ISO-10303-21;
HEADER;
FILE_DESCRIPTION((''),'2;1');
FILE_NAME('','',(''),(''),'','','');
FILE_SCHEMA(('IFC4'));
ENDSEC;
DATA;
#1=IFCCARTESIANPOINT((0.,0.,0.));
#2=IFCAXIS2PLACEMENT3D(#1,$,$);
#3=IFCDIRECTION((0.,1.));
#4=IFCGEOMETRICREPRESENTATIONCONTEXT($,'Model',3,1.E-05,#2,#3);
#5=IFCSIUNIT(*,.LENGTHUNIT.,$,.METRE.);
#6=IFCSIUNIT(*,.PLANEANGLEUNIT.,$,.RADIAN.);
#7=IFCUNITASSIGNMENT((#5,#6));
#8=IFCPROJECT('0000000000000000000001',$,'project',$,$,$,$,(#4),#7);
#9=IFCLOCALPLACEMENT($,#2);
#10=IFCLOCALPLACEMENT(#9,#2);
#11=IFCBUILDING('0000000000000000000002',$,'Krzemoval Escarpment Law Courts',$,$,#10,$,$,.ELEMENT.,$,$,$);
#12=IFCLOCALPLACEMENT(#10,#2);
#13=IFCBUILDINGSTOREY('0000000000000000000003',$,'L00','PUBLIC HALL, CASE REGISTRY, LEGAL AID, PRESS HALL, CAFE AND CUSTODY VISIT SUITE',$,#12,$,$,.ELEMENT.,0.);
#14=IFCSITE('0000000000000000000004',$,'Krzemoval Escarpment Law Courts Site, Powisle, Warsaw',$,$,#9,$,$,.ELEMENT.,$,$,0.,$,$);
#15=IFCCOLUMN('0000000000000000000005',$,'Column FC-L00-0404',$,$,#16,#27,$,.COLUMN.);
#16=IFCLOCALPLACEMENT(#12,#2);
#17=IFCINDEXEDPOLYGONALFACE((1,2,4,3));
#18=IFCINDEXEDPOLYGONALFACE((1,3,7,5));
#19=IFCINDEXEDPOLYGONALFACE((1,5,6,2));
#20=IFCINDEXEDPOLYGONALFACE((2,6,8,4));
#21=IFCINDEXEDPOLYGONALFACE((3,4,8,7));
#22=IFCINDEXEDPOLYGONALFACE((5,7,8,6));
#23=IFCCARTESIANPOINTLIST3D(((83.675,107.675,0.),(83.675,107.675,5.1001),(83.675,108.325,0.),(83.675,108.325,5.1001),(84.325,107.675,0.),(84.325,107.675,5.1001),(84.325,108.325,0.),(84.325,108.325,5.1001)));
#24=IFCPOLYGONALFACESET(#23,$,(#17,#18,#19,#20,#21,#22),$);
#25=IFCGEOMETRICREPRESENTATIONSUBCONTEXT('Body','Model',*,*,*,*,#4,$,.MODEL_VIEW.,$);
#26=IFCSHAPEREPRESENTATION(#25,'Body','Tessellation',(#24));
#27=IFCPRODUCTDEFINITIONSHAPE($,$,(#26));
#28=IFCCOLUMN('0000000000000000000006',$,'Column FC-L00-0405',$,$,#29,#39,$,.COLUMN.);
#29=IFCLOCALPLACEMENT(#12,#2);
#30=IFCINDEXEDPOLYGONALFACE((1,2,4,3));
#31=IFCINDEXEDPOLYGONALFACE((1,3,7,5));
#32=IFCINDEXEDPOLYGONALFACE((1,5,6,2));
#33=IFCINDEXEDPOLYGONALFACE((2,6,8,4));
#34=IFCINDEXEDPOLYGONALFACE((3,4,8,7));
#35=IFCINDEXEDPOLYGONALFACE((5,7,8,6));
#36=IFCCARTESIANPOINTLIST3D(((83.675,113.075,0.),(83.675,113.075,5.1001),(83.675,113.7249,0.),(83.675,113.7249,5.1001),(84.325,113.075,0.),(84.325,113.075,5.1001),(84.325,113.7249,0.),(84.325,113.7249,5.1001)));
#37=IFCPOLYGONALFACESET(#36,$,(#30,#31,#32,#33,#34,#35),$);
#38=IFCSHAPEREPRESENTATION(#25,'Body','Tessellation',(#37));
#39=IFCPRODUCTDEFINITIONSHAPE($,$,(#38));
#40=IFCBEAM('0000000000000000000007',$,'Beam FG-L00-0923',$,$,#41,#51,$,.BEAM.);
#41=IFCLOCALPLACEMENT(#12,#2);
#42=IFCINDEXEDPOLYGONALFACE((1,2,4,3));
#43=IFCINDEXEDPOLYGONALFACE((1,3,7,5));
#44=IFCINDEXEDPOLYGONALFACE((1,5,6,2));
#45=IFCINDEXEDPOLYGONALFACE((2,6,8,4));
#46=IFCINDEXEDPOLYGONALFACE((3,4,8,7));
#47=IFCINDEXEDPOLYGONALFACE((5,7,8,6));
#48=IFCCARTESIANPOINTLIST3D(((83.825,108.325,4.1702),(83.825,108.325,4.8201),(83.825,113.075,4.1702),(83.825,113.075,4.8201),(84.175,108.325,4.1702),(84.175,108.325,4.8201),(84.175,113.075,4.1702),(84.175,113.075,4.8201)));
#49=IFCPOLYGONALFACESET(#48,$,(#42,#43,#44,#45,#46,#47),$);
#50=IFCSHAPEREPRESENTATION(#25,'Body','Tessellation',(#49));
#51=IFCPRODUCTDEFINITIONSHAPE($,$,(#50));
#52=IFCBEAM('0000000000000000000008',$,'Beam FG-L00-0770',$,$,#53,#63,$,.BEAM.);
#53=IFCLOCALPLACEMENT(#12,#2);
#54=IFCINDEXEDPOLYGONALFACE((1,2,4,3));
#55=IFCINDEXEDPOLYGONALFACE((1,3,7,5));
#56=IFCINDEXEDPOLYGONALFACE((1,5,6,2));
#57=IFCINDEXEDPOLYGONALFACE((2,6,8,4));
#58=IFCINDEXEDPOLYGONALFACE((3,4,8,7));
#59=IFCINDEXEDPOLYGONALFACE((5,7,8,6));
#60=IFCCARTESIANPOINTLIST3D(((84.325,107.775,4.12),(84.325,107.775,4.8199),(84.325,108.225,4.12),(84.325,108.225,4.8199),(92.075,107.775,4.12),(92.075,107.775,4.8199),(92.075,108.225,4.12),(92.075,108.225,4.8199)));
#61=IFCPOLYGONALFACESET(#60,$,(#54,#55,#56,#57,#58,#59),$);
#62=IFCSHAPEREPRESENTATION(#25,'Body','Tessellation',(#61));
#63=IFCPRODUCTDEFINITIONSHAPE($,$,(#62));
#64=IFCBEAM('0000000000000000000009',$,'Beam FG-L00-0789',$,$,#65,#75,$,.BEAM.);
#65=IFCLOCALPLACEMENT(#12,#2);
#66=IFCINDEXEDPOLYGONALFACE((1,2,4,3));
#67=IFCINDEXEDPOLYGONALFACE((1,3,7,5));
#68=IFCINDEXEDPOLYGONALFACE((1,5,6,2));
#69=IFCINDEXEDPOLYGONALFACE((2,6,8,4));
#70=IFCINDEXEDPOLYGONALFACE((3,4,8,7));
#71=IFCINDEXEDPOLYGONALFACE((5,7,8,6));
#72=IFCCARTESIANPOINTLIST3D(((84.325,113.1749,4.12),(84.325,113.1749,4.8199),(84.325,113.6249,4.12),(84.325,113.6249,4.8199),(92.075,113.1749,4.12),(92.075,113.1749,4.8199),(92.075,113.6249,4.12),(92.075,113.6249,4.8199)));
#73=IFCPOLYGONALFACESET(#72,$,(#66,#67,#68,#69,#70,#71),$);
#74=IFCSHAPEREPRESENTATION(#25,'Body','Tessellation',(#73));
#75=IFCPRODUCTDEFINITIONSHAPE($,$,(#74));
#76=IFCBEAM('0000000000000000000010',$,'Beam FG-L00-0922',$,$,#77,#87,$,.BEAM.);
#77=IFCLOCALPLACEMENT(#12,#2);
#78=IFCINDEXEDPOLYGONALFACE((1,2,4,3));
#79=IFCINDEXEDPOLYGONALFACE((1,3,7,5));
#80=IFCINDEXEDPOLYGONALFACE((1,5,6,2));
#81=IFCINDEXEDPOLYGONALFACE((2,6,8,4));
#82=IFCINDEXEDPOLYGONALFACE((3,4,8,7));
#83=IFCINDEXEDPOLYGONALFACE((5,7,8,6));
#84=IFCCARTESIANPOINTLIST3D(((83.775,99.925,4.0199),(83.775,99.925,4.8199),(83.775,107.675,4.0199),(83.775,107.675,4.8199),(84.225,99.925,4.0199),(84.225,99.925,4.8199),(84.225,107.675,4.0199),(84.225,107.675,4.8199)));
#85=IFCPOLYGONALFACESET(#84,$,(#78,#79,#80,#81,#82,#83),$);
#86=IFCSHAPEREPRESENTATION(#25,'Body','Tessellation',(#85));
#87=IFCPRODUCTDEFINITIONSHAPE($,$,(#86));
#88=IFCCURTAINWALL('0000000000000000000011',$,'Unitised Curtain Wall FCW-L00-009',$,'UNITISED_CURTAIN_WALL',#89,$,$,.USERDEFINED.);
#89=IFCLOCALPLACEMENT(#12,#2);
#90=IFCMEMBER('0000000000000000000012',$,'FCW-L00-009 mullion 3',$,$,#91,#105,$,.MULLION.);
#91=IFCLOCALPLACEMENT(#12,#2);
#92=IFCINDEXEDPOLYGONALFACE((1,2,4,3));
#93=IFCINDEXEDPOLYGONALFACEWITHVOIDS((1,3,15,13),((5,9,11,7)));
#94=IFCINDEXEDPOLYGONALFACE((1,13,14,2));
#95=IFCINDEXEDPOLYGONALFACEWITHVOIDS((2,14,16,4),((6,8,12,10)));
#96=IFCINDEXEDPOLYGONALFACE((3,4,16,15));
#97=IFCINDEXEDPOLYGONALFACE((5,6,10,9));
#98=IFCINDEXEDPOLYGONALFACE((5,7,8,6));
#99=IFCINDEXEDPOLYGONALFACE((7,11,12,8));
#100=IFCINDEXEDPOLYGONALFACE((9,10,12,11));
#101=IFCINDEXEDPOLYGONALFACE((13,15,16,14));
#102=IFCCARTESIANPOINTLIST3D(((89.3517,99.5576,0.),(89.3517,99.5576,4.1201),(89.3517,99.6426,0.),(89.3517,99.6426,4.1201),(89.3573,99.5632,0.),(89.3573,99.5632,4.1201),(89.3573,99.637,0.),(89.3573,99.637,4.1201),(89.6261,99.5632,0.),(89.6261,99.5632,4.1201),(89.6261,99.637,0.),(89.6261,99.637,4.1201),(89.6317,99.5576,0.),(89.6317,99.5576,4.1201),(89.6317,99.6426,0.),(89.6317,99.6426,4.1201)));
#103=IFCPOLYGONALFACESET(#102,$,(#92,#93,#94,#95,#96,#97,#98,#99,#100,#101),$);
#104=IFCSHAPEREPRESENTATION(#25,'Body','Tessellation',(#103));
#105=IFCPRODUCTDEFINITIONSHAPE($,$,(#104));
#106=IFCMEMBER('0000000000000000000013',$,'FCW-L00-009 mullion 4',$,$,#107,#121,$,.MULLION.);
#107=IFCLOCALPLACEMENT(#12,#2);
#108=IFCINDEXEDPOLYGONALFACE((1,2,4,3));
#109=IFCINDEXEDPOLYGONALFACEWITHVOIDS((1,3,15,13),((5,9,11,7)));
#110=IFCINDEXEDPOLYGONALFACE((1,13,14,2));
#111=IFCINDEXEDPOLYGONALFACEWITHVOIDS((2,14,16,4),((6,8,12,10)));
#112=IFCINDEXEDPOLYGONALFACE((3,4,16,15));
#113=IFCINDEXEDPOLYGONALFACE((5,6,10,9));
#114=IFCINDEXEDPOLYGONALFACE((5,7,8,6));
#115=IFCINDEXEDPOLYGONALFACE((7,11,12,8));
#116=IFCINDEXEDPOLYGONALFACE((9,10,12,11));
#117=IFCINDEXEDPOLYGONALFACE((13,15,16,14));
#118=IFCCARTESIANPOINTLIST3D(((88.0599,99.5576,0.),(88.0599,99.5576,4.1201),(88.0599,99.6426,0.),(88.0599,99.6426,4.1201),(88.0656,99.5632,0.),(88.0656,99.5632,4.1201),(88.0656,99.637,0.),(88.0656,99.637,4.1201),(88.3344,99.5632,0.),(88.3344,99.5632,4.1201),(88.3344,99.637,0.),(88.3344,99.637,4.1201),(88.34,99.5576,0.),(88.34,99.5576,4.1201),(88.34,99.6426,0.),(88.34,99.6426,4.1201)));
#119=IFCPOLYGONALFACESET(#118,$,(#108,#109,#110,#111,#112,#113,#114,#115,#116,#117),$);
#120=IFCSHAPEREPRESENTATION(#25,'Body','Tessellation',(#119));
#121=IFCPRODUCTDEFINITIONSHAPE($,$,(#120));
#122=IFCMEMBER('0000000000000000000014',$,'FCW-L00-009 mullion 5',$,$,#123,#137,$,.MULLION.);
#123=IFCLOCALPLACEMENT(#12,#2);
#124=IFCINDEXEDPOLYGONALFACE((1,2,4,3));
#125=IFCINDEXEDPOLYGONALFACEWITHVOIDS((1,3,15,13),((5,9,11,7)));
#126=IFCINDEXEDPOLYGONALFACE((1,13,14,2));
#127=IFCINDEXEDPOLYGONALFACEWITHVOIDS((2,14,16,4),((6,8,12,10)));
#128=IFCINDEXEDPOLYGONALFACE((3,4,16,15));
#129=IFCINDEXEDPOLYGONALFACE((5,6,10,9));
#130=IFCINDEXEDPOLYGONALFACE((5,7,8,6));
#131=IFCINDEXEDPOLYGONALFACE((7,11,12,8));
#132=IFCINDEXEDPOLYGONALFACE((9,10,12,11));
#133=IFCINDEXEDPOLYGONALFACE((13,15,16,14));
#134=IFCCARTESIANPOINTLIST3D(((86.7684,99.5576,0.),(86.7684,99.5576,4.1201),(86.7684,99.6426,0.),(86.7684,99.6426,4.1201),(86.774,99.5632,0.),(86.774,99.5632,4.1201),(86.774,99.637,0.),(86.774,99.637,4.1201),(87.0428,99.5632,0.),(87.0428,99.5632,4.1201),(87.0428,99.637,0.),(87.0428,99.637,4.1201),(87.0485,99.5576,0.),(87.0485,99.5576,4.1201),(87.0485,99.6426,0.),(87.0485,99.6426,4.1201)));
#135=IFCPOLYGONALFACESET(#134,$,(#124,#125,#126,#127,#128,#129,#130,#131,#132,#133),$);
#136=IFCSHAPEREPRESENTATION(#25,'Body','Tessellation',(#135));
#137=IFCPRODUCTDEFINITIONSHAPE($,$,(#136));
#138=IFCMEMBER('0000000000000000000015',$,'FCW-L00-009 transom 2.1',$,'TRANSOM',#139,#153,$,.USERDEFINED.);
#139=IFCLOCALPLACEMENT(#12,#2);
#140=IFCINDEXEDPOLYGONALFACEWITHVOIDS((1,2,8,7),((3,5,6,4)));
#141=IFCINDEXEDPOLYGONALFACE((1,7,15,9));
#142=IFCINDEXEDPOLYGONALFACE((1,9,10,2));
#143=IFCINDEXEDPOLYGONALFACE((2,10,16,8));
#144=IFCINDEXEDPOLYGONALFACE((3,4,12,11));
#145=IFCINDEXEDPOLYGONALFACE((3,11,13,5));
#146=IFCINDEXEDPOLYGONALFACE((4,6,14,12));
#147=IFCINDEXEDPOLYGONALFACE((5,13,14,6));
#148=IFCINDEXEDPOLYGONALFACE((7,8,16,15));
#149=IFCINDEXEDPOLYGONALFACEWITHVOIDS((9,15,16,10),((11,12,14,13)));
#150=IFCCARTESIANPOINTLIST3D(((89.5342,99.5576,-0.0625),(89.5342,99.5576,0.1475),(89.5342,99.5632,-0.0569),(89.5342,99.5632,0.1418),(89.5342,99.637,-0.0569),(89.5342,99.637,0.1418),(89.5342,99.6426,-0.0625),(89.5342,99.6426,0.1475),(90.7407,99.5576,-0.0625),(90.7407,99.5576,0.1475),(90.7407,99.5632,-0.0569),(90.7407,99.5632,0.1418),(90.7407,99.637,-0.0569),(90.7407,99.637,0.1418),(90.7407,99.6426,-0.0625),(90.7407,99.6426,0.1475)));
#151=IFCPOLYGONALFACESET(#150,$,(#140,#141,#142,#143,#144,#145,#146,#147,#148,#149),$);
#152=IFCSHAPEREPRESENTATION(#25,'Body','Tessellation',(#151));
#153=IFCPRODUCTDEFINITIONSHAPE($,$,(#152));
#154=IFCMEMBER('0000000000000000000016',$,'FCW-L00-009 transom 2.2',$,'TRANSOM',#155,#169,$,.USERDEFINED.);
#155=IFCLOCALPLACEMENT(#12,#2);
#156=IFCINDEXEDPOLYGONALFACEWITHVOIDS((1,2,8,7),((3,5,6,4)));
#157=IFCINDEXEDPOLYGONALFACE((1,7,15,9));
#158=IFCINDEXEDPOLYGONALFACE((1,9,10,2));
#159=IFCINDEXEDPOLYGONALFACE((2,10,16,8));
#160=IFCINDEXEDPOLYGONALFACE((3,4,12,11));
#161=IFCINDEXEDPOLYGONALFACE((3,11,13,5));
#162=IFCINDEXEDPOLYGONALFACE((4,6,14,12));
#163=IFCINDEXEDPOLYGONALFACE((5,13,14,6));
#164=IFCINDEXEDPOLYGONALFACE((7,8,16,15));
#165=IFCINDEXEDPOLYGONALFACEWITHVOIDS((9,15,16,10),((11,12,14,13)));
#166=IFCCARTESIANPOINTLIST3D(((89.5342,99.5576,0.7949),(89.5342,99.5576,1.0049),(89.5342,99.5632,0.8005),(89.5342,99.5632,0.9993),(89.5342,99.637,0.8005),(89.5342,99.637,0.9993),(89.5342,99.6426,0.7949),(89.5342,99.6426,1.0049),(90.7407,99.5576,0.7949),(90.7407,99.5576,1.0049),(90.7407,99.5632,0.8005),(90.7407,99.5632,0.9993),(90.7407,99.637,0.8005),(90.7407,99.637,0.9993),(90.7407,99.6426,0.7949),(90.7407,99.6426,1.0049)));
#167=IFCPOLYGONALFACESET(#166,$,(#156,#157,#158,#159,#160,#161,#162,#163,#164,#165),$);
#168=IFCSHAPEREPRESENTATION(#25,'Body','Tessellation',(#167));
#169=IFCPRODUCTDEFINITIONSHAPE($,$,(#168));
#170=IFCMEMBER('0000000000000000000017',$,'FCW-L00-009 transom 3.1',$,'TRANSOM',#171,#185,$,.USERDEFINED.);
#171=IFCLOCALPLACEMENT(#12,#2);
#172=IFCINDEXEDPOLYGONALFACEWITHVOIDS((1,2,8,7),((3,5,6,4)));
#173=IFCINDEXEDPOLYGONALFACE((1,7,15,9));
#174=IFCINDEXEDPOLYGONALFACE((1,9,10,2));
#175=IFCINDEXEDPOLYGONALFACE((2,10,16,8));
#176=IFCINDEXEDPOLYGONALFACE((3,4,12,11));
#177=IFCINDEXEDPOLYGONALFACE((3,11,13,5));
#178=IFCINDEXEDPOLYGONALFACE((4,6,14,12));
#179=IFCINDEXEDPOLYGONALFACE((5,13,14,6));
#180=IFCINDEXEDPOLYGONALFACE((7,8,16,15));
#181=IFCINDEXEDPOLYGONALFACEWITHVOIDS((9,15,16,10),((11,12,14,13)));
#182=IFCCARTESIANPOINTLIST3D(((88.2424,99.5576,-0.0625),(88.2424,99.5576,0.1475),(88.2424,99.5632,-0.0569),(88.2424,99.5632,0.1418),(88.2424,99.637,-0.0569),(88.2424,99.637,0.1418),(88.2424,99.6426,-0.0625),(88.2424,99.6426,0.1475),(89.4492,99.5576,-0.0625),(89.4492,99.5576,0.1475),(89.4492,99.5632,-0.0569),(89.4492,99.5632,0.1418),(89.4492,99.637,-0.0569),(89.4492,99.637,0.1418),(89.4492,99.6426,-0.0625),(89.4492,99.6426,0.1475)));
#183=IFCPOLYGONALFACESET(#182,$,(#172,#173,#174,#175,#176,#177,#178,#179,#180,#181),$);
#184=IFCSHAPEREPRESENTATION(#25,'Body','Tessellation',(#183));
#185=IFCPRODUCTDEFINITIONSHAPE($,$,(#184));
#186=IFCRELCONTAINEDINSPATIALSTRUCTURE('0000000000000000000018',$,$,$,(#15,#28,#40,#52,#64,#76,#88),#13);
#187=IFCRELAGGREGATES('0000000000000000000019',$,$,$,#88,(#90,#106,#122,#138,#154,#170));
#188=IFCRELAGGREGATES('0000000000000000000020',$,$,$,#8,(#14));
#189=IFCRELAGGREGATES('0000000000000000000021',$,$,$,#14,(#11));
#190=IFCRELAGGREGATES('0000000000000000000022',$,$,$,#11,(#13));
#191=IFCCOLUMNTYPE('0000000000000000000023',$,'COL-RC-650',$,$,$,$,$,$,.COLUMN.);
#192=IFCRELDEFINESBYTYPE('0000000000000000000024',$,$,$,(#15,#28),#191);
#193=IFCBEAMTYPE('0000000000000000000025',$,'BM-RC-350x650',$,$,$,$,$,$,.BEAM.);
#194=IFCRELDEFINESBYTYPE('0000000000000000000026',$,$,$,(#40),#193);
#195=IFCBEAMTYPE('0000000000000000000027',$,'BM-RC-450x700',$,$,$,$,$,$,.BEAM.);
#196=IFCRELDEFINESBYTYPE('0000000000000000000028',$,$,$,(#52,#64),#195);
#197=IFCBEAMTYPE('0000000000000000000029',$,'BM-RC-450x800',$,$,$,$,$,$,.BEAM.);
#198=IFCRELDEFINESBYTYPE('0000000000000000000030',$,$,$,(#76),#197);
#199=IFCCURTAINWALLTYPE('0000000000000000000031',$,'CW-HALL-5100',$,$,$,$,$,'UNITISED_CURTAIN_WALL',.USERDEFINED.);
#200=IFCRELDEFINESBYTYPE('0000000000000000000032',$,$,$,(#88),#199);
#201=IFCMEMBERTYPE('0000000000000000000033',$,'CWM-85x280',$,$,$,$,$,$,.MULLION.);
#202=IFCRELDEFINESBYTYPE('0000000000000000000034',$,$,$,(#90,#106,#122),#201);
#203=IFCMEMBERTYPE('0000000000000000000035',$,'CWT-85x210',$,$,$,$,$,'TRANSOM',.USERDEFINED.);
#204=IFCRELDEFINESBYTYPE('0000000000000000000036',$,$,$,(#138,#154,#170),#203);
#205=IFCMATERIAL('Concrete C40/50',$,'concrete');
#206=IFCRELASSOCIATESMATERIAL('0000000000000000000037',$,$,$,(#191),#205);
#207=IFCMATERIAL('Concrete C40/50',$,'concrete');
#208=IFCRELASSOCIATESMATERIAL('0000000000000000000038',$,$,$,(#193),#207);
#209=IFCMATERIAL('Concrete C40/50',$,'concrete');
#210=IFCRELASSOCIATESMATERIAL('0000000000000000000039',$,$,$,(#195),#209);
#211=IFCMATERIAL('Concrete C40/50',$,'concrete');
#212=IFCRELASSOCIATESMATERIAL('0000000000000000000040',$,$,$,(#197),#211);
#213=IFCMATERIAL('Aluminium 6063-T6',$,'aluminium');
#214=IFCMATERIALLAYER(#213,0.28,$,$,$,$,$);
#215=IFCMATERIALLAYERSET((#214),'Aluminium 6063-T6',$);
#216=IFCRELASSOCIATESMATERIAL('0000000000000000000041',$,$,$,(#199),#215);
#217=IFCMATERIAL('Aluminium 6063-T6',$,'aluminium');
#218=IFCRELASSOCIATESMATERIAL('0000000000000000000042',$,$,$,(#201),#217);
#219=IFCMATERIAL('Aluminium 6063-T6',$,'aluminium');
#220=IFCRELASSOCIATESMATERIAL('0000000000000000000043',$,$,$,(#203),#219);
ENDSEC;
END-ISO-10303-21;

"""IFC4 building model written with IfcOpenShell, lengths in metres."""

from ifc_helpers import new_model, si_unit, direction, frame, origin, origin_2d, place, context, subcontext, project, spatial, rectangle, hollow_rectangle, extrude, material, layer, layer_set, material_profile, profile_set, type_object, element, aggregate, save


model = new_model("IFC4")

# Units and contexts
model_context = context("Model", 3, precision=1e-05, world=origin(), true_north=direction((0.0, 1.0)))
body_context = subcontext(model_context, "Body", "Model", "MODEL_VIEW")
ifc_project = project(units=[si_unit("LENGTHUNIT", "METRE"), si_unit("PLANEANGLEUNIT", "RADIAN")], contexts=[model_context])

# Site, building, storey
site_placement = place(None, origin())
site = spatial("IfcSite", under=ifc_project, at=site_placement, Name="Krzemoval Escarpment Law Courts Site, Powisle, Warsaw", CompositionType="ELEMENT", RefElevation=0.0)
building_placement = place(site_placement, origin())
building = spatial("IfcBuilding", under=site, at=building_placement, Name="Krzemoval Escarpment Law Courts", CompositionType="ELEMENT")
storey_placement = place(building_placement, origin())
storey = spatial("IfcBuildingStorey", under=building, at=storey_placement, Name="L00", Description="PUBLIC HALL, CASE REGISTRY, LEGAL AID, PRESS HALL, CAFE AND CUSTODY VISIT SUITE", CompositionType="ELEMENT", Elevation=0.0)

# Columns
ifc_material_1 = material(Name="Concrete C40/50", Category="concrete")
ifc_material_profile_1 = material_profile(ifc_material_1, rectangle(XDim=0.6499, YDim=0.6499, at=origin_2d()), Name="RC 650x650")
ifc_profile_set_1 = profile_set([ifc_material_profile_1], Name="Concrete C40/50")
column_type = type_object("IfcColumnType", Name="COL-RC-650", PredefinedType="COLUMN", material=ifc_profile_set_1)
for number, where, z_axis, x_axis, name in (
    (1, (84.0, 108.0, 0.0), (0.0, 0.0, 1.0), (1.0, 0.0, 0.0), "Column FC-L00-0404"),
    (2, (84.0, 113.3999, 0.0), (0.0, 0.0, 1.0), (1.0, 0.0, 0.0), "Column FC-L00-0405"),
):
    element("IfcColumn", number, at=place(storey_placement, frame(where, z_axis=z_axis, x_axis=x_axis)), inside=storey, type_object=column_type, Name=name, PredefinedType="COLUMN", context=body_context, shape_type="SweptSolid", body=[
        extrude(rectangle(XDim=0.6499, YDim=0.6499, at=origin_2d()), origin(), (0.0, 0.0, 1.0), 5.1001),
    ])

# Beams
ifc_material_2 = material(Name="Concrete C40/50", Category="concrete")
ifc_material_profile_2 = material_profile(ifc_material_2, rectangle(XDim=0.3501, YDim=0.6499, at=origin_2d()), Name="RCB 350x650")
ifc_profile_set_2 = profile_set([ifc_material_profile_2], Name="Concrete C40/50")
beam_type_1 = type_object("IfcBeamType", Name="BM-RC-350x650", PredefinedType="BEAM", material=ifc_profile_set_2)
beam_1_placement = place(storey_placement, frame((84.0, 108.325, 4.4951), z_axis=(0.0, 1.0, 0.0), x_axis=(-1.0, 0.0, 0.0)))
element("IfcBeam", 3, at=beam_1_placement, inside=storey, type_object=beam_type_1, Name="Beam FG-L00-0923", PredefinedType="BEAM", context=body_context, shape_type="SweptSolid", body=[
    extrude(rectangle(XDim=0.3501, YDim=0.6499, at=origin_2d()), origin(), (0.0, 0.0, 1.0), 4.75),
])
ifc_material_3 = material(Name="Concrete C40/50", Category="concrete")
ifc_material_profile_3 = material_profile(ifc_material_3, rectangle(XDim=0.45, YDim=0.7, at=origin_2d()), Name="RCB 450x700")
ifc_profile_set_3 = profile_set([ifc_material_profile_3], Name="Concrete C40/50")
beam_type_2 = type_object("IfcBeamType", Name="BM-RC-450x700", PredefinedType="BEAM", material=ifc_profile_set_3)
for number, where, z_axis, x_axis, name in (
    (4, (84.325, 108.0, 4.47), (1.0, 0.0, 0.0), (0.0, 1.0, 0.0), "Beam FG-L00-0770"),
    (5, (84.325, 113.3999, 4.47), (1.0, 0.0, 0.0), (0.0, 1.0, 0.0), "Beam FG-L00-0789"),
):
    element("IfcBeam", number, at=place(storey_placement, frame(where, z_axis=z_axis, x_axis=x_axis)), inside=storey, type_object=beam_type_2, Name=name, PredefinedType="BEAM", context=body_context, shape_type="SweptSolid", body=[
        extrude(rectangle(XDim=0.45, YDim=0.7, at=origin_2d()), origin(), (0.0, 0.0, 1.0), 7.75),
    ])
ifc_material_4 = material(Name="Concrete C40/50", Category="concrete")
ifc_material_profile_4 = material_profile(ifc_material_4, rectangle(XDim=0.45, YDim=0.8, at=origin_2d()), Name="RCB 450x800")
ifc_profile_set_4 = profile_set([ifc_material_profile_4], Name="Concrete C40/50")
beam_type_3 = type_object("IfcBeamType", Name="BM-RC-450x800", PredefinedType="BEAM", material=ifc_profile_set_4)
beam_2_placement = place(storey_placement, frame((84.0, 99.925, 4.4199), z_axis=(0.0, 1.0, 0.0), x_axis=(-1.0, 0.0, 0.0)))
element("IfcBeam", 6, at=beam_2_placement, inside=storey, type_object=beam_type_3, Name="Beam FG-L00-0922", PredefinedType="BEAM", context=body_context, shape_type="SweptSolid", body=[
    extrude(rectangle(XDim=0.45, YDim=0.8, at=origin_2d()), origin(), (0.0, 0.0, 1.0), 7.75),
])

# Curtain wall, members
ifc_material_5 = material(Name="Aluminium 6063-T6", Category="aluminium")
ifc_layer_1 = layer(ifc_material_5, 0.28)
ifc_layer_set_1 = layer_set([ifc_layer_1], Name="Aluminium 6063-T6")
curtain_wall_type = type_object("IfcCurtainWallType", Name="CW-HALL-5100", ElementType="UNITISED_CURTAIN_WALL", PredefinedType="USERDEFINED", material=ifc_layer_set_1)
curtain_wall_placement = place(storey_placement, origin())
curtain_wall = element("IfcCurtainWall", 7, at=curtain_wall_placement, inside=storey, type_object=curtain_wall_type, Name="Unitised Curtain Wall FCW-L00-009", ObjectType="UNITISED_CURTAIN_WALL", PredefinedType="USERDEFINED")
ifc_material_6 = material(Name="Aluminium 6063-T6", Category="aluminium")
ifc_material_profile_5 = material_profile(ifc_material_6, hollow_rectangle(XDim=0.085, YDim=0.28, WallThickness=0.0056, at=origin_2d()), Name="ALU M85x280")
ifc_profile_set_5 = profile_set([ifc_material_profile_5], Name="Aluminium 6063-T6")
member_type_1 = type_object("IfcMemberType", Name="CWM-85x280", PredefinedType="MULLION", material=ifc_profile_set_5)
member_1_placement = place(storey_placement, frame((89.4917, 99.6001, 0.0), z_axis=(0.0, 0.0, 1.0), x_axis=(0.0, -1.0, 0.0)))
member_1 = element("IfcMember", 8, at=member_1_placement, type_object=member_type_1, Name="FCW-L00-009 mullion 3", PredefinedType="MULLION", context=body_context, shape_type="SweptSolid", body=[
    extrude(hollow_rectangle(XDim=0.085, YDim=0.28, WallThickness=0.0056, at=origin_2d()), origin(), (0.0, 0.0, 1.0), 4.1201),
])
member_2_placement = place(storey_placement, frame((88.2, 99.6001, 0.0), z_axis=(0.0, 0.0, 1.0), x_axis=(0.0, -1.0, 0.0)))
member_2 = element("IfcMember", 9, at=member_2_placement, type_object=member_type_1, Name="FCW-L00-009 mullion 4", PredefinedType="MULLION", context=body_context, shape_type="SweptSolid", body=[
    extrude(hollow_rectangle(XDim=0.085, YDim=0.28, WallThickness=0.0056, at=origin_2d()), origin(), (0.0, 0.0, 1.0), 4.1201),
])
member_3_placement = place(storey_placement, frame((86.9084, 99.6001, 0.0), z_axis=(0.0, 0.0, 1.0), x_axis=(0.0, -1.0, 0.0)))
member_3 = element("IfcMember", 10, at=member_3_placement, type_object=member_type_1, Name="FCW-L00-009 mullion 5", PredefinedType="MULLION", context=body_context, shape_type="SweptSolid", body=[
    extrude(hollow_rectangle(XDim=0.085, YDim=0.28, WallThickness=0.0056, at=origin_2d()), origin(), (0.0, 0.0, 1.0), 4.1201),
])
ifc_material_7 = material(Name="Aluminium 6063-T6", Category="aluminium")
ifc_material_profile_6 = material_profile(ifc_material_7, hollow_rectangle(XDim=0.085, YDim=0.21, WallThickness=0.0056, at=origin_2d()), Name="ALU T85x210")
ifc_profile_set_6 = profile_set([ifc_material_profile_6], Name="Aluminium 6063-T6")
member_type_2 = type_object("IfcMemberType", Name="CWT-85x210", ElementType="TRANSOM", PredefinedType="USERDEFINED", material=ifc_profile_set_6)
member_4_placement = place(storey_placement, frame((90.7407, 99.6001, 0.0425), z_axis=(-1.0, 0.0, 0.0), x_axis=(0.0, -1.0, 0.0)))
member_4 = element("IfcMember", 11, at=member_4_placement, type_object=member_type_2, Name="FCW-L00-009 transom 2.1", ObjectType="TRANSOM", PredefinedType="USERDEFINED", context=body_context, shape_type="SweptSolid", body=[
    extrude(hollow_rectangle(XDim=0.085, YDim=0.21, WallThickness=0.0056, at=origin_2d()), origin(), (0.0, 0.0, 1.0), 1.2065),
])
member_5_placement = place(storey_placement, frame((90.7407, 99.6001, 0.8999), z_axis=(-1.0, 0.0, 0.0), x_axis=(0.0, -1.0, 0.0)))
member_5 = element("IfcMember", 12, at=member_5_placement, type_object=member_type_2, Name="FCW-L00-009 transom 2.2", ObjectType="TRANSOM", PredefinedType="USERDEFINED", context=body_context, shape_type="SweptSolid", body=[
    extrude(hollow_rectangle(XDim=0.085, YDim=0.21, WallThickness=0.0056, at=origin_2d()), origin(), (0.0, 0.0, 1.0), 1.2065),
])
member_6_placement = place(storey_placement, frame((89.4492, 99.6001, 0.0425), z_axis=(-1.0, 0.0, 0.0), x_axis=(0.0, -1.0, 0.0)))
member_6 = element("IfcMember", 13, at=member_6_placement, type_object=member_type_2, Name="FCW-L00-009 transom 3.1", ObjectType="TRANSOM", PredefinedType="USERDEFINED", context=body_context, shape_type="SweptSolid", body=[
    extrude(hollow_rectangle(XDim=0.085, YDim=0.21, WallThickness=0.0056, at=origin_2d()), origin(), (0.0, 0.0, 1.0), 1.2068),
])

aggregate(curtain_wall, [member_1, member_2, member_3, member_4, member_5, member_6])

save(model, "model.ifc")
